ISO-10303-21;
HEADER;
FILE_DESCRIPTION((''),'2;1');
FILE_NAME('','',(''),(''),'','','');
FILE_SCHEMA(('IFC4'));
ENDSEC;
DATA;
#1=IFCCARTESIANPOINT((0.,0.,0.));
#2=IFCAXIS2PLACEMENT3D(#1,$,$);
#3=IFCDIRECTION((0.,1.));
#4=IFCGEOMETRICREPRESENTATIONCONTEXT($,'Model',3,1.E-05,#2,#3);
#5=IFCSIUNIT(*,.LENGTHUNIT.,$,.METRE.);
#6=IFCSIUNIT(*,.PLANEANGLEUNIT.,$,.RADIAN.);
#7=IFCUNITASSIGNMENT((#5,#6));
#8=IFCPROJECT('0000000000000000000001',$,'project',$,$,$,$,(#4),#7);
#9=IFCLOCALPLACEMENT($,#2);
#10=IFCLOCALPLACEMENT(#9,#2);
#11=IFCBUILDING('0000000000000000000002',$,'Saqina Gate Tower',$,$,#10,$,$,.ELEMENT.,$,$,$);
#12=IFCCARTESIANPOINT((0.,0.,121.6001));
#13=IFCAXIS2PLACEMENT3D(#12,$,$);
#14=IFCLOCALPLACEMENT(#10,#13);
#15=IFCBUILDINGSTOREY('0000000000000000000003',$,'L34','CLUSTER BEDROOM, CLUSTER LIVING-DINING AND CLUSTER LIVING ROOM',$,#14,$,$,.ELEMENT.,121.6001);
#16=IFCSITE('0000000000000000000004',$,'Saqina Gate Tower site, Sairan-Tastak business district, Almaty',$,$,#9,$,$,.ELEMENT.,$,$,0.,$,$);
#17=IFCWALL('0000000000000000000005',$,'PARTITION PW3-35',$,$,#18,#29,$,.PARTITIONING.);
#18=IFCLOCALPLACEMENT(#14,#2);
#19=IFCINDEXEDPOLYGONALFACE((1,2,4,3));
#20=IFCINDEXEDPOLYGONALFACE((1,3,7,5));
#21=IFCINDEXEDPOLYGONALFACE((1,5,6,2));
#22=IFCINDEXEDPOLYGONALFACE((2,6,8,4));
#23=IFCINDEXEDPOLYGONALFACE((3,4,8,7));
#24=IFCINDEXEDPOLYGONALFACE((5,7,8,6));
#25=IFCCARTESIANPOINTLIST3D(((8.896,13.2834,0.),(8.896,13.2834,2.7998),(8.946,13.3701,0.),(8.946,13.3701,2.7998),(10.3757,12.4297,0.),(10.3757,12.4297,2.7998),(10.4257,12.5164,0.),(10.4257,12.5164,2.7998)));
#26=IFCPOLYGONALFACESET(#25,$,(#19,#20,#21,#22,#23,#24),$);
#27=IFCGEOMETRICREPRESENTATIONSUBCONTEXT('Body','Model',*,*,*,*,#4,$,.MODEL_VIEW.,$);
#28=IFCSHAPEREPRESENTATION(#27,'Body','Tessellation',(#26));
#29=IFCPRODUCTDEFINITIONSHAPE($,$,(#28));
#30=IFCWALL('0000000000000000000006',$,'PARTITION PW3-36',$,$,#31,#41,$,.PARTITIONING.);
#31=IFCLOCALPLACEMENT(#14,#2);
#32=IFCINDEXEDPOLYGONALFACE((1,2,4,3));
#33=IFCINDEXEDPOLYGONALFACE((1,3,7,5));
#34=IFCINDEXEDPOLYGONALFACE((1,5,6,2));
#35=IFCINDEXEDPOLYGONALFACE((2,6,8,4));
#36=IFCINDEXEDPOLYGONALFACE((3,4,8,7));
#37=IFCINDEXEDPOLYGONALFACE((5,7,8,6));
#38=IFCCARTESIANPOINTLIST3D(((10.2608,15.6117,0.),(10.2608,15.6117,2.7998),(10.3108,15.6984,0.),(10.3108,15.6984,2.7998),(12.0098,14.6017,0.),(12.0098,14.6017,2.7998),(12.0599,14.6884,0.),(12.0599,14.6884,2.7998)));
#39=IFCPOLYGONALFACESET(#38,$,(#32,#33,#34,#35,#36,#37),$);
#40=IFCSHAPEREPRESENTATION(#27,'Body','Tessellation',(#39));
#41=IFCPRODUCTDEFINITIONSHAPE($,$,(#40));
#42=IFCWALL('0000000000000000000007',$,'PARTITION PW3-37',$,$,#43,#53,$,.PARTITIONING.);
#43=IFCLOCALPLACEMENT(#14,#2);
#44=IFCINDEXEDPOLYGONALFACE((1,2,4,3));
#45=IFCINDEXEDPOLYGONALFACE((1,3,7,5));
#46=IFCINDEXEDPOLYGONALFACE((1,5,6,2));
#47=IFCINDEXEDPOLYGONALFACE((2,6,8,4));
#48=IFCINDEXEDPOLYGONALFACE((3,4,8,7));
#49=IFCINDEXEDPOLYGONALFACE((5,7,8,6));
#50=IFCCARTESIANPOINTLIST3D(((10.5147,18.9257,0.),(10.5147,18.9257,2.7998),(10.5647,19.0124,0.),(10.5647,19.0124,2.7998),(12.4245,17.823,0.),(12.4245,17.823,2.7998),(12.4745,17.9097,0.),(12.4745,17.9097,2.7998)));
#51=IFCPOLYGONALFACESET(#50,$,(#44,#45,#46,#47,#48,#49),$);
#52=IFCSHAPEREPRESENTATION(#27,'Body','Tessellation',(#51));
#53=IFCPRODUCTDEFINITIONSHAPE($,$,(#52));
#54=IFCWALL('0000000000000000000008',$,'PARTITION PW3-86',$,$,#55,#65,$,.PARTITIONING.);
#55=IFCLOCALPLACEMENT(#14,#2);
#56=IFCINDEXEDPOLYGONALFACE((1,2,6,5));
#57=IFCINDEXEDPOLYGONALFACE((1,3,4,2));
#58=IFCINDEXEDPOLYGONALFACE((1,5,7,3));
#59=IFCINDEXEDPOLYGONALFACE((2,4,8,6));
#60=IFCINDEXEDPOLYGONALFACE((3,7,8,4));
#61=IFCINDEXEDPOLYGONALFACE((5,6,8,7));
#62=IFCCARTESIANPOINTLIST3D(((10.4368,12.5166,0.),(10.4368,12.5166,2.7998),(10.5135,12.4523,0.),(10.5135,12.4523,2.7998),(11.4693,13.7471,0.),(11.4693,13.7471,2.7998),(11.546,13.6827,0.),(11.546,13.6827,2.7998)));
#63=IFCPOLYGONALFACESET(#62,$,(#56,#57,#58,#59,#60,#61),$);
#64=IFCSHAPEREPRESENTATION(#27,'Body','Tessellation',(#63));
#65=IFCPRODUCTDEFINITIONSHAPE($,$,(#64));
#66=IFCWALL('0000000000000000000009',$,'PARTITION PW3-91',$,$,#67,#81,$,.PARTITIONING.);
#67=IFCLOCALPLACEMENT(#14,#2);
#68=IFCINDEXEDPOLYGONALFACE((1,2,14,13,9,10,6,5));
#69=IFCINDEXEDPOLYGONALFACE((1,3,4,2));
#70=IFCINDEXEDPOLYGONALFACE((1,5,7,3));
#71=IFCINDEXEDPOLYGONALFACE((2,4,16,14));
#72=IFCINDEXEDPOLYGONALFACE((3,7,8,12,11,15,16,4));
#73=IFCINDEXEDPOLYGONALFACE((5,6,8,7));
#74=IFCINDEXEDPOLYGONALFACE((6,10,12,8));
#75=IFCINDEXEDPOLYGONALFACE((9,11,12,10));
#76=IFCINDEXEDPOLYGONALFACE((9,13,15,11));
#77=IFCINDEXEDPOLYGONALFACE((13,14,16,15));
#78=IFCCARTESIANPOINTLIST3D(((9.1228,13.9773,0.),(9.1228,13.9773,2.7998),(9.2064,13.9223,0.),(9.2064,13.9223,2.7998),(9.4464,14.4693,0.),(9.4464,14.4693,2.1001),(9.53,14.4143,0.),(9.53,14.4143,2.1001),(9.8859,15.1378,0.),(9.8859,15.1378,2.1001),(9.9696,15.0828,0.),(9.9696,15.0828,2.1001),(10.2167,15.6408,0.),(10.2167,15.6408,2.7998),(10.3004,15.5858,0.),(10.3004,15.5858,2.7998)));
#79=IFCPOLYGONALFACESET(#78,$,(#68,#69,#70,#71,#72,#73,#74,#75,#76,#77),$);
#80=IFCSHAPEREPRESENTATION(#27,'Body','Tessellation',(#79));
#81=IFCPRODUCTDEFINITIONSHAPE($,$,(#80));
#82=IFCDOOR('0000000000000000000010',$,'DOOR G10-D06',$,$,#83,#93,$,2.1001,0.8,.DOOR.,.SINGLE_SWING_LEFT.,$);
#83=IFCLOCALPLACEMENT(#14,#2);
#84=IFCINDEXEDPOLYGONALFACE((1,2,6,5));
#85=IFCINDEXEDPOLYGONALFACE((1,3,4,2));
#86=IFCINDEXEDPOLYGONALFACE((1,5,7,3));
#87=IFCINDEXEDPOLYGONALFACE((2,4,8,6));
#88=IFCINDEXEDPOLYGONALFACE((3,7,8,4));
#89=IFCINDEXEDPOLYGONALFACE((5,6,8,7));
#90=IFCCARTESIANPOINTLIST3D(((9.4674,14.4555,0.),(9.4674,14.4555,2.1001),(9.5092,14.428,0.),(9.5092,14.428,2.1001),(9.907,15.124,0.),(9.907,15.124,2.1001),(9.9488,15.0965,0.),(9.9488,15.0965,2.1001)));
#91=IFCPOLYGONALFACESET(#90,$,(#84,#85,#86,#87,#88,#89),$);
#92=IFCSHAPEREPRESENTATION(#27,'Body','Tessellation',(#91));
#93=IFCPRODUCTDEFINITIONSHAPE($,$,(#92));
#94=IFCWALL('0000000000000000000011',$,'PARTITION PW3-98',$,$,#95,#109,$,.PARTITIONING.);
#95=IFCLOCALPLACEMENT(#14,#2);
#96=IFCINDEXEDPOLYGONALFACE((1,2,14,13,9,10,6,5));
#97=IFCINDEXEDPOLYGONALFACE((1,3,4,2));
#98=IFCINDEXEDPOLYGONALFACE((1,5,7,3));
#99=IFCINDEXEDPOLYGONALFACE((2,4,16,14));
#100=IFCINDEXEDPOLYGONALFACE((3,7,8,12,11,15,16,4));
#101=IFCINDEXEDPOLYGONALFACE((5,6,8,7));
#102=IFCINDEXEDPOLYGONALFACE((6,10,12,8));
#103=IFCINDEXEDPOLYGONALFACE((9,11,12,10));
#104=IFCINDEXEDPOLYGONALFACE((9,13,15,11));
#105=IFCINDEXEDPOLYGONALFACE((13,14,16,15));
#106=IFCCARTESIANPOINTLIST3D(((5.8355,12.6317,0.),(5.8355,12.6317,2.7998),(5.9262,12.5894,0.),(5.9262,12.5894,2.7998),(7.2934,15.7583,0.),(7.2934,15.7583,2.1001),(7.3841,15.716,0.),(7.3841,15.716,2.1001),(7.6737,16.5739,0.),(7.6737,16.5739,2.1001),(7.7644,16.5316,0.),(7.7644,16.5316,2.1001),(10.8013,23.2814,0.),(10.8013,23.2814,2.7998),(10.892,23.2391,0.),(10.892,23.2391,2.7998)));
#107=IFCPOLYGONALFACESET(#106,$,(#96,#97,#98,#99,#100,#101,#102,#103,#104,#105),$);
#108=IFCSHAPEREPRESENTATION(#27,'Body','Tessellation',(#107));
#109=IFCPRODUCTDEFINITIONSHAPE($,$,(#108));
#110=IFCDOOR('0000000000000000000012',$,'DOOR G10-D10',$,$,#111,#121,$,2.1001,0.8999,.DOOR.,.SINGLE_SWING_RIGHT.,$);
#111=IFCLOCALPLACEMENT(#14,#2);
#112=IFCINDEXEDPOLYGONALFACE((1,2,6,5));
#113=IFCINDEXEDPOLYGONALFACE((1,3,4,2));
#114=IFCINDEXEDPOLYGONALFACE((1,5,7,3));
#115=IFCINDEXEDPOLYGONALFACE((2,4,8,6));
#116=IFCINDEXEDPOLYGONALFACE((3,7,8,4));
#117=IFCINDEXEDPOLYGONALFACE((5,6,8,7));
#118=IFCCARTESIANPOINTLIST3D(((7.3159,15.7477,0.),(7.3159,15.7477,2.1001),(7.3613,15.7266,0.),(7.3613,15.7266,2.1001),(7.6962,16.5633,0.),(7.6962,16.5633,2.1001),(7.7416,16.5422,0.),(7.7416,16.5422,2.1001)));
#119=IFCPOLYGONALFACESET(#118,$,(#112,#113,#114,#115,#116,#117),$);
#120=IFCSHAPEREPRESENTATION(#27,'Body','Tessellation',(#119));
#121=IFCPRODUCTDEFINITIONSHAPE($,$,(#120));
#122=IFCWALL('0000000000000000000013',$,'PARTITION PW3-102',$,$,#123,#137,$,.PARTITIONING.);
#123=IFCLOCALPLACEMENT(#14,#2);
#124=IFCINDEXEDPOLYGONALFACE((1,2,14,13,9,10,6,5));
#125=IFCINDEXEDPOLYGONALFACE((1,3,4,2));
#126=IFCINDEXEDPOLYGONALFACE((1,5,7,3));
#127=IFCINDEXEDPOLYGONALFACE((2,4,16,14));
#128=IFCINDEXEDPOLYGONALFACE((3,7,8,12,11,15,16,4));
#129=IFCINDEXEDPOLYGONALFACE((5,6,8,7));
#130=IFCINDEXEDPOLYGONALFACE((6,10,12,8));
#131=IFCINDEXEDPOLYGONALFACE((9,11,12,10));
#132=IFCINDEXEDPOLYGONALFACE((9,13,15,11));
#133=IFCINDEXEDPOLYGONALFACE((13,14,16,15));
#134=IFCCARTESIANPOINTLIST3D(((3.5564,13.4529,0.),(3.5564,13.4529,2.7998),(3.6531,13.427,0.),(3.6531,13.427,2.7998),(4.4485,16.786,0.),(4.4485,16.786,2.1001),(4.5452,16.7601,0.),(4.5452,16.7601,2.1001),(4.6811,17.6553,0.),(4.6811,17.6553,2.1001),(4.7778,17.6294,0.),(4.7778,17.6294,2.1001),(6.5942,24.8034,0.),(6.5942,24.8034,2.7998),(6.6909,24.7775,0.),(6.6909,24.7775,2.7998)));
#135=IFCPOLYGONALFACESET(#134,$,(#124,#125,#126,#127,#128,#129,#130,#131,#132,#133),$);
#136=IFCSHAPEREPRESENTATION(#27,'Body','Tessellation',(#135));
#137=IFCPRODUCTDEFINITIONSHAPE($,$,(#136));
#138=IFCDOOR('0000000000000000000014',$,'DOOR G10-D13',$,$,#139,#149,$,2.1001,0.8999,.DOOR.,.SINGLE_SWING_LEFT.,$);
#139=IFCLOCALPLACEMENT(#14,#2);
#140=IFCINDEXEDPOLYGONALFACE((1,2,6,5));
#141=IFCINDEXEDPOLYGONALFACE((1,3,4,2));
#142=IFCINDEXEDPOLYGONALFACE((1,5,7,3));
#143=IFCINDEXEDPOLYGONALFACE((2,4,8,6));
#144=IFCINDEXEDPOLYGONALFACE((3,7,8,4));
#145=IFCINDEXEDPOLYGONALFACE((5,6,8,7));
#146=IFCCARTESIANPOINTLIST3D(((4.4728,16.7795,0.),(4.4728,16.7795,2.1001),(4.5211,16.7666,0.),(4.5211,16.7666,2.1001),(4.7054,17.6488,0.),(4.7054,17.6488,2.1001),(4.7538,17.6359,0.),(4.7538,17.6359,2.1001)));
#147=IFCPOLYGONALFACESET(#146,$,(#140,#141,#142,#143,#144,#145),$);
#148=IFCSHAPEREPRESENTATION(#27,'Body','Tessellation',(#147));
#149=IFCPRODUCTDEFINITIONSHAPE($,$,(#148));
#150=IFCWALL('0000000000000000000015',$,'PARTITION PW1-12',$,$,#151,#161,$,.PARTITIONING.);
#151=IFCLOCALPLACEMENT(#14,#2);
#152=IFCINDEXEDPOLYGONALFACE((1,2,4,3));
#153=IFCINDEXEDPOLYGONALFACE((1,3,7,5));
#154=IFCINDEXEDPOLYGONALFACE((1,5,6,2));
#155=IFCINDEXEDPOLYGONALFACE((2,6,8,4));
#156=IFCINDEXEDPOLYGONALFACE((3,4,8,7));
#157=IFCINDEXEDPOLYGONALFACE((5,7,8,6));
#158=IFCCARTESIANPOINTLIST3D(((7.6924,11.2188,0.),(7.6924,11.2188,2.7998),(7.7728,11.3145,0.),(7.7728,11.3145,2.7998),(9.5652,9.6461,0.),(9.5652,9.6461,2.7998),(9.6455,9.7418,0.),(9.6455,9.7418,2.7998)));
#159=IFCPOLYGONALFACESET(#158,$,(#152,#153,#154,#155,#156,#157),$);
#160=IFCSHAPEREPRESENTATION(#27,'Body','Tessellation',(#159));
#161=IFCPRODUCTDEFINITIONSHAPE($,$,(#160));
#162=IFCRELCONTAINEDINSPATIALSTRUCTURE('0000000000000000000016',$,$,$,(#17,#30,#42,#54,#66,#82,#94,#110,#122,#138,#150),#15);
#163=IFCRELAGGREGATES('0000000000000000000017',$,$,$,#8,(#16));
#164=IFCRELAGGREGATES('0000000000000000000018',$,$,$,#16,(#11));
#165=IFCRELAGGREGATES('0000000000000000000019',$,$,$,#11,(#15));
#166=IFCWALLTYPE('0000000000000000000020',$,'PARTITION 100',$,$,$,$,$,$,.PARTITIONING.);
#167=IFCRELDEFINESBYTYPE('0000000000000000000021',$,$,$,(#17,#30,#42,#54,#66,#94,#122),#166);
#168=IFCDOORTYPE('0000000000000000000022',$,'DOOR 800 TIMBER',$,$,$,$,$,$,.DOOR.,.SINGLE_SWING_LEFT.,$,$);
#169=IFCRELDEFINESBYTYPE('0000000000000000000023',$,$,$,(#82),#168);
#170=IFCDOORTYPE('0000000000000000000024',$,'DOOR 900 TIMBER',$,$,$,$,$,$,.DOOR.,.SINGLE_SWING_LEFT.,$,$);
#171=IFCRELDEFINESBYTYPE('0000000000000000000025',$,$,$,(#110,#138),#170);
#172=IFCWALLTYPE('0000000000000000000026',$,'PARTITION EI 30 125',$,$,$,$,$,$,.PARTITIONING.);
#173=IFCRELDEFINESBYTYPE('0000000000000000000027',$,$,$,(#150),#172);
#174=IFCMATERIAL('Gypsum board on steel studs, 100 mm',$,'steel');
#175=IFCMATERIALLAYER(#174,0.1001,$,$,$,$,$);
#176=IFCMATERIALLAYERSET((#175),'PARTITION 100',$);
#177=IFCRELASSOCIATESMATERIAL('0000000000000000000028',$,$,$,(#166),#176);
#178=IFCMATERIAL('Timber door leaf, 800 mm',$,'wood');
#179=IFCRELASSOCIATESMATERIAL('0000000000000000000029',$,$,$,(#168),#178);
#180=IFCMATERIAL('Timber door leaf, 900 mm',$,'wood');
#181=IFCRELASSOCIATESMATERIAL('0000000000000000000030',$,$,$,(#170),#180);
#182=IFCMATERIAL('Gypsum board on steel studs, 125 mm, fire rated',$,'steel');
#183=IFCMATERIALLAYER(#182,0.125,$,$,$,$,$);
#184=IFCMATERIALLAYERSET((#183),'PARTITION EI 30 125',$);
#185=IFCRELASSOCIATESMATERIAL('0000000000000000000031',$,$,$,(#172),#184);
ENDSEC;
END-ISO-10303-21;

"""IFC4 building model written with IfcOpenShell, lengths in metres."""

from ifc_helpers import new_model, si_unit, direction, frame, frame_2d, origin, place, context, subcontext, project, spatial, rectangle, extrude, material, layer, layer_set, type_object, element, fill, save


model = new_model("IFC4")

# Units and contexts
model_context = context("Model", 3, precision=1e-05, world=origin(), true_north=direction((0.0, 1.0)))
body_context = subcontext(model_context, "Body", "Model", "MODEL_VIEW")
ifc_project = project(units=[si_unit("LENGTHUNIT", "METRE"), si_unit("PLANEANGLEUNIT", "RADIAN")], contexts=[model_context])

# Site, building, storey
site_placement = place(None, origin())
site = spatial("IfcSite", under=ifc_project, at=site_placement, Name="Saqina Gate Tower site, Sairan-Tastak business district, Almaty", CompositionType="ELEMENT", RefElevation=0.0)
building_placement = place(site_placement, origin())
building = spatial("IfcBuilding", under=site, at=building_placement, Name="Saqina Gate Tower", CompositionType="ELEMENT")
storey_placement = place(building_placement, frame((0.0, 0.0, 121.6001)))
storey = spatial("IfcBuildingStorey", under=building, at=storey_placement, Name="L34", Description="CLUSTER BEDROOM, CLUSTER LIVING-DINING AND CLUSTER LIVING ROOM", CompositionType="ELEMENT", Elevation=121.6001)

# Walls
ifc_material_1 = material(Name="Gypsum board on steel studs, 100 mm", Category="steel")
ifc_layer_1 = layer(ifc_material_1, 0.1001)
ifc_layer_set_1 = layer_set([ifc_layer_1], Name="PARTITION 100")
wall_type_1 = type_object("IfcWallType", Name="PARTITION 100", PredefinedType="PARTITIONING", material=ifc_layer_set_1)
wall_1_placement = place(storey_placement, frame((8.9211, 13.3267, 0.0), z_axis=(0.0, 0.0, 1.0), x_axis=(0.866169, -0.499751, 0.0)))
element("IfcWall", 1, at=wall_1_placement, inside=storey, type_object=wall_type_1, Name="PARTITION PW3-35", PredefinedType="PARTITIONING", context=body_context, shape_type="SweptSolid", body=[
    extrude(rectangle(XDim=1.7083, YDim=0.1001, at=frame_2d((0.854, 0.0))), origin(), (0.0, 0.0, 1.0), 2.7998),
])
wall_2_placement = place(storey_placement, frame((10.2859, 15.655, 0.0), z_axis=(0.0, 0.0, 1.0), x_axis=(0.86598, -0.500078, 0.0)))
element("IfcWall", 2, at=wall_2_placement, inside=storey, type_object=wall_type_1, Name="PARTITION PW3-36", PredefinedType="PARTITIONING", context=body_context, shape_type="SweptSolid", body=[
    extrude(rectangle(XDim=2.0198, YDim=0.1001, at=frame_2d((1.0098, 0.0))), origin(), (0.0, 0.0, 1.0), 2.7998),
])
wall_3_placement = place(storey_placement, frame((10.5398, 18.969, 0.0), z_axis=(0.0, 0.0, 1.0), x_axis=(0.866007, -0.500032, 0.0)))
element("IfcWall", 3, at=wall_3_placement, inside=storey, type_object=wall_type_1, Name="PARTITION PW3-37", PredefinedType="PARTITIONING", context=body_context, shape_type="SweptSolid", body=[
    extrude(rectangle(XDim=2.2053, YDim=0.1001, at=frame_2d((1.1025, 0.0))), origin(), (0.0, 0.0, 1.0), 2.7998),
])
wall_4_placement = place(storey_placement, frame((10.4751, 12.4844, 0.0), z_axis=(0.0, 0.0, 1.0), x_axis=(0.642782, 0.766049, 0.0)))
element("IfcWall", 4, at=wall_4_placement, inside=storey, type_object=wall_type_1, Name="PARTITION PW3-86", PredefinedType="PARTITIONING", context=body_context, shape_type="SweptSolid", body=[
    extrude(rectangle(XDim=1.6062, YDim=0.1001, at=frame_2d((0.8032, 0.0))), origin(), (0.0, 0.0, 1.0), 2.7998),
])

# Walls, openings, doors
wall_5_placement = place(storey_placement, frame((9.1646, 13.9497, 0.0), z_axis=(0.0, 0.0, 1.0), x_axis=(0.549454, 0.835524, 0.0)))
wall_5 = element("IfcWall", 5, at=wall_5_placement, inside=storey, type_object=wall_type_1, Name="PARTITION PW3-91", PredefinedType="PARTITIONING", context=body_context, shape_type="SweptSolid", body=[
    extrude(rectangle(XDim=1.991, YDim=0.1001, at=frame_2d((0.9956, 0.0))), origin(), (0.0, 0.0, 1.0), 2.7998),
])
opening_1_placement = place(wall_5_placement, frame((0.5891, 0.0, 0.0)))
opening_1 = element("IfcOpeningElement", 6, at=opening_1_placement, cuts=wall_5, PredefinedType="OPENING", context=body_context, shape_type="SweptSolid", body=[
    extrude(rectangle(XDim=0.8, YDim=2.1001, at=frame_2d((0.3999, 1.05))), frame((0.0, 0.062, 0.0), z_axis=(0.0, -1.0, 0.0), x_axis=(1.0, 0.0, 0.0)), (0.0, 0.0, 1.0), 0.124),
])
ifc_material_2 = material(Name="Timber door leaf, 800 mm", Category="wood")
door_type_1 = type_object("IfcDoorType", Name="DOOR 800 TIMBER", OperationType="SINGLE_SWING_LEFT", PredefinedType="DOOR", material=ifc_material_2)
door_1_placement = place(opening_1_placement, origin())
door_1 = element("IfcDoor", 7, at=door_1_placement, inside=storey, type_object=door_type_1, Name="DOOR G10-D06", OperationType="SINGLE_SWING_LEFT", OverallHeight=2.1001, OverallWidth=0.8, PredefinedType="DOOR", context=body_context, shape_type="SweptSolid", body=[
    extrude(rectangle(XDim=0.8, YDim=2.1001, at=frame_2d((0.3999, 1.05))), frame((0.0, 0.0249, 0.0), z_axis=(0.0, -1.0, 0.0), x_axis=(1.0, 0.0, 0.0)), (0.0, 0.0, 1.0), 0.05),
])
fill(opening_1, door_1)
wall_6_placement = place(storey_placement, frame((5.8809, 12.6106, 0.0), z_axis=(0.0, 0.0, 1.0), x_axis=(0.422605, 0.906314, 0.0)))
wall_6 = element("IfcWall", 8, at=wall_6_placement, inside=storey, type_object=wall_type_1, Name="PARTITION PW3-98", PredefinedType="PARTITIONING", context=body_context, shape_type="SweptSolid", body=[
    extrude(rectangle(XDim=11.7505, YDim=0.1001, at=frame_2d((5.8752, 0.0))), origin(), (0.0, 0.0, 1.0), 2.7998),
])
opening_2_placement = place(wall_6_placement, frame((3.4497, 0.0, 0.0)))
opening_2 = element("IfcOpeningElement", 9, at=opening_2_placement, cuts=wall_6, PredefinedType="OPENING", context=body_context, shape_type="SweptSolid", body=[
    extrude(rectangle(XDim=0.8999, YDim=2.1001, at=frame_2d((0.45, 1.05))), frame((0.0, 0.062, 0.0), z_axis=(0.0, -1.0, 0.0), x_axis=(1.0, 0.0, 0.0)), (0.0, 0.0, 1.0), 0.124),
])
ifc_material_3 = material(Name="Timber door leaf, 900 mm", Category="wood")
door_type_2 = type_object("IfcDoorType", Name="DOOR 900 TIMBER", OperationType="SINGLE_SWING_LEFT", PredefinedType="DOOR", material=ifc_material_3)
door_2_placement = place(opening_2_placement, frame((0.8999, 0.0, 0.0), z_axis=(0.0, 0.0, 1.0), x_axis=(-1.0, 0.0, 0.0)))
door_2 = element("IfcDoor", 10, at=door_2_placement, inside=storey, type_object=door_type_2, Name="DOOR G10-D10", OperationType="SINGLE_SWING_RIGHT", OverallHeight=2.1001, OverallWidth=0.8999, PredefinedType="DOOR", context=body_context, shape_type="SweptSolid", body=[
    extrude(rectangle(XDim=0.8999, YDim=2.1001, at=frame_2d((0.45, 1.05))), frame((0.0, 0.0249, 0.0), z_axis=(0.0, -1.0, 0.0), x_axis=(1.0, 0.0, 0.0)), (0.0, 0.0, 1.0), 0.05),
])
fill(opening_2, door_2)
wall_7_placement = place(storey_placement, frame((3.6047, 13.4399, 0.0), z_axis=(0.0, 0.0, 1.0), x_axis=(0.258538, 0.966001, 0.0)))
wall_7 = element("IfcWall", 11, at=wall_7_placement, inside=storey, type_object=wall_type_1, Name="PARTITION PW3-102", PredefinedType="PARTITIONING", context=body_context, shape_type="SweptSolid", body=[
    extrude(rectangle(XDim=11.75, YDim=0.1001, at=frame_2d((5.875, 0.0))), origin(), (0.0, 0.0, 1.0), 2.7998),
])
opening_3_placement = place(wall_7_placement, frame((3.4504, 0.0, 0.0)))
opening_3 = element("IfcOpeningElement", 12, at=opening_3_placement, cuts=wall_7, PredefinedType="OPENING", context=body_context, shape_type="SweptSolid", body=[
    extrude(rectangle(XDim=0.8999, YDim=2.1001, at=frame_2d((0.45, 1.05))), frame((0.0, 0.062, 0.0), z_axis=(0.0, -1.0, 0.0), x_axis=(1.0, 0.0, 0.0)), (0.0, 0.0, 1.0), 0.124),
])
door_3_placement = place(opening_3_placement, origin())
door_3 = element("IfcDoor", 13, at=door_3_placement, inside=storey, type_object=door_type_2, Name="DOOR G10-D13", OperationType="SINGLE_SWING_LEFT", OverallHeight=2.1001, OverallWidth=0.8999, PredefinedType="DOOR", context=body_context, shape_type="SweptSolid", body=[
    extrude(rectangle(XDim=0.8999, YDim=2.1001, at=frame_2d((0.45, 1.05))), frame((0.0, 0.0249, 0.0), z_axis=(0.0, -1.0, 0.0), x_axis=(1.0, 0.0, 0.0)), (0.0, 0.0, 1.0), 0.05),
])
fill(opening_3, door_3)

# Wall
ifc_material_4 = material(Name="Gypsum board on steel studs, 125 mm, fire rated", Category="steel")
ifc_layer_2 = layer(ifc_material_4, 0.125)
ifc_layer_set_2 = layer_set([ifc_layer_2], Name="PARTITION EI 30 125")
wall_type_2 = type_object("IfcWallType", Name="PARTITION EI 30 125", PredefinedType="PARTITIONING", material=ifc_layer_set_2)
wall_8_placement = place(storey_placement, frame((7.7327, 11.2666, 0.0), z_axis=(0.0, 0.0, 1.0), x_axis=(0.765785, -0.643096, 0.0)))
element("IfcWall", 14, at=wall_8_placement, inside=storey, type_object=wall_type_2, Name="PARTITION PW1-12", PredefinedType="PARTITIONING", context=body_context, shape_type="SweptSolid", body=[
    extrude(rectangle(XDim=2.4456, YDim=0.125, at=frame_2d((1.2227, 0.0))), origin(), (0.0, 0.0, 1.0), 2.7998),
])

save(model, "model.ifc")
